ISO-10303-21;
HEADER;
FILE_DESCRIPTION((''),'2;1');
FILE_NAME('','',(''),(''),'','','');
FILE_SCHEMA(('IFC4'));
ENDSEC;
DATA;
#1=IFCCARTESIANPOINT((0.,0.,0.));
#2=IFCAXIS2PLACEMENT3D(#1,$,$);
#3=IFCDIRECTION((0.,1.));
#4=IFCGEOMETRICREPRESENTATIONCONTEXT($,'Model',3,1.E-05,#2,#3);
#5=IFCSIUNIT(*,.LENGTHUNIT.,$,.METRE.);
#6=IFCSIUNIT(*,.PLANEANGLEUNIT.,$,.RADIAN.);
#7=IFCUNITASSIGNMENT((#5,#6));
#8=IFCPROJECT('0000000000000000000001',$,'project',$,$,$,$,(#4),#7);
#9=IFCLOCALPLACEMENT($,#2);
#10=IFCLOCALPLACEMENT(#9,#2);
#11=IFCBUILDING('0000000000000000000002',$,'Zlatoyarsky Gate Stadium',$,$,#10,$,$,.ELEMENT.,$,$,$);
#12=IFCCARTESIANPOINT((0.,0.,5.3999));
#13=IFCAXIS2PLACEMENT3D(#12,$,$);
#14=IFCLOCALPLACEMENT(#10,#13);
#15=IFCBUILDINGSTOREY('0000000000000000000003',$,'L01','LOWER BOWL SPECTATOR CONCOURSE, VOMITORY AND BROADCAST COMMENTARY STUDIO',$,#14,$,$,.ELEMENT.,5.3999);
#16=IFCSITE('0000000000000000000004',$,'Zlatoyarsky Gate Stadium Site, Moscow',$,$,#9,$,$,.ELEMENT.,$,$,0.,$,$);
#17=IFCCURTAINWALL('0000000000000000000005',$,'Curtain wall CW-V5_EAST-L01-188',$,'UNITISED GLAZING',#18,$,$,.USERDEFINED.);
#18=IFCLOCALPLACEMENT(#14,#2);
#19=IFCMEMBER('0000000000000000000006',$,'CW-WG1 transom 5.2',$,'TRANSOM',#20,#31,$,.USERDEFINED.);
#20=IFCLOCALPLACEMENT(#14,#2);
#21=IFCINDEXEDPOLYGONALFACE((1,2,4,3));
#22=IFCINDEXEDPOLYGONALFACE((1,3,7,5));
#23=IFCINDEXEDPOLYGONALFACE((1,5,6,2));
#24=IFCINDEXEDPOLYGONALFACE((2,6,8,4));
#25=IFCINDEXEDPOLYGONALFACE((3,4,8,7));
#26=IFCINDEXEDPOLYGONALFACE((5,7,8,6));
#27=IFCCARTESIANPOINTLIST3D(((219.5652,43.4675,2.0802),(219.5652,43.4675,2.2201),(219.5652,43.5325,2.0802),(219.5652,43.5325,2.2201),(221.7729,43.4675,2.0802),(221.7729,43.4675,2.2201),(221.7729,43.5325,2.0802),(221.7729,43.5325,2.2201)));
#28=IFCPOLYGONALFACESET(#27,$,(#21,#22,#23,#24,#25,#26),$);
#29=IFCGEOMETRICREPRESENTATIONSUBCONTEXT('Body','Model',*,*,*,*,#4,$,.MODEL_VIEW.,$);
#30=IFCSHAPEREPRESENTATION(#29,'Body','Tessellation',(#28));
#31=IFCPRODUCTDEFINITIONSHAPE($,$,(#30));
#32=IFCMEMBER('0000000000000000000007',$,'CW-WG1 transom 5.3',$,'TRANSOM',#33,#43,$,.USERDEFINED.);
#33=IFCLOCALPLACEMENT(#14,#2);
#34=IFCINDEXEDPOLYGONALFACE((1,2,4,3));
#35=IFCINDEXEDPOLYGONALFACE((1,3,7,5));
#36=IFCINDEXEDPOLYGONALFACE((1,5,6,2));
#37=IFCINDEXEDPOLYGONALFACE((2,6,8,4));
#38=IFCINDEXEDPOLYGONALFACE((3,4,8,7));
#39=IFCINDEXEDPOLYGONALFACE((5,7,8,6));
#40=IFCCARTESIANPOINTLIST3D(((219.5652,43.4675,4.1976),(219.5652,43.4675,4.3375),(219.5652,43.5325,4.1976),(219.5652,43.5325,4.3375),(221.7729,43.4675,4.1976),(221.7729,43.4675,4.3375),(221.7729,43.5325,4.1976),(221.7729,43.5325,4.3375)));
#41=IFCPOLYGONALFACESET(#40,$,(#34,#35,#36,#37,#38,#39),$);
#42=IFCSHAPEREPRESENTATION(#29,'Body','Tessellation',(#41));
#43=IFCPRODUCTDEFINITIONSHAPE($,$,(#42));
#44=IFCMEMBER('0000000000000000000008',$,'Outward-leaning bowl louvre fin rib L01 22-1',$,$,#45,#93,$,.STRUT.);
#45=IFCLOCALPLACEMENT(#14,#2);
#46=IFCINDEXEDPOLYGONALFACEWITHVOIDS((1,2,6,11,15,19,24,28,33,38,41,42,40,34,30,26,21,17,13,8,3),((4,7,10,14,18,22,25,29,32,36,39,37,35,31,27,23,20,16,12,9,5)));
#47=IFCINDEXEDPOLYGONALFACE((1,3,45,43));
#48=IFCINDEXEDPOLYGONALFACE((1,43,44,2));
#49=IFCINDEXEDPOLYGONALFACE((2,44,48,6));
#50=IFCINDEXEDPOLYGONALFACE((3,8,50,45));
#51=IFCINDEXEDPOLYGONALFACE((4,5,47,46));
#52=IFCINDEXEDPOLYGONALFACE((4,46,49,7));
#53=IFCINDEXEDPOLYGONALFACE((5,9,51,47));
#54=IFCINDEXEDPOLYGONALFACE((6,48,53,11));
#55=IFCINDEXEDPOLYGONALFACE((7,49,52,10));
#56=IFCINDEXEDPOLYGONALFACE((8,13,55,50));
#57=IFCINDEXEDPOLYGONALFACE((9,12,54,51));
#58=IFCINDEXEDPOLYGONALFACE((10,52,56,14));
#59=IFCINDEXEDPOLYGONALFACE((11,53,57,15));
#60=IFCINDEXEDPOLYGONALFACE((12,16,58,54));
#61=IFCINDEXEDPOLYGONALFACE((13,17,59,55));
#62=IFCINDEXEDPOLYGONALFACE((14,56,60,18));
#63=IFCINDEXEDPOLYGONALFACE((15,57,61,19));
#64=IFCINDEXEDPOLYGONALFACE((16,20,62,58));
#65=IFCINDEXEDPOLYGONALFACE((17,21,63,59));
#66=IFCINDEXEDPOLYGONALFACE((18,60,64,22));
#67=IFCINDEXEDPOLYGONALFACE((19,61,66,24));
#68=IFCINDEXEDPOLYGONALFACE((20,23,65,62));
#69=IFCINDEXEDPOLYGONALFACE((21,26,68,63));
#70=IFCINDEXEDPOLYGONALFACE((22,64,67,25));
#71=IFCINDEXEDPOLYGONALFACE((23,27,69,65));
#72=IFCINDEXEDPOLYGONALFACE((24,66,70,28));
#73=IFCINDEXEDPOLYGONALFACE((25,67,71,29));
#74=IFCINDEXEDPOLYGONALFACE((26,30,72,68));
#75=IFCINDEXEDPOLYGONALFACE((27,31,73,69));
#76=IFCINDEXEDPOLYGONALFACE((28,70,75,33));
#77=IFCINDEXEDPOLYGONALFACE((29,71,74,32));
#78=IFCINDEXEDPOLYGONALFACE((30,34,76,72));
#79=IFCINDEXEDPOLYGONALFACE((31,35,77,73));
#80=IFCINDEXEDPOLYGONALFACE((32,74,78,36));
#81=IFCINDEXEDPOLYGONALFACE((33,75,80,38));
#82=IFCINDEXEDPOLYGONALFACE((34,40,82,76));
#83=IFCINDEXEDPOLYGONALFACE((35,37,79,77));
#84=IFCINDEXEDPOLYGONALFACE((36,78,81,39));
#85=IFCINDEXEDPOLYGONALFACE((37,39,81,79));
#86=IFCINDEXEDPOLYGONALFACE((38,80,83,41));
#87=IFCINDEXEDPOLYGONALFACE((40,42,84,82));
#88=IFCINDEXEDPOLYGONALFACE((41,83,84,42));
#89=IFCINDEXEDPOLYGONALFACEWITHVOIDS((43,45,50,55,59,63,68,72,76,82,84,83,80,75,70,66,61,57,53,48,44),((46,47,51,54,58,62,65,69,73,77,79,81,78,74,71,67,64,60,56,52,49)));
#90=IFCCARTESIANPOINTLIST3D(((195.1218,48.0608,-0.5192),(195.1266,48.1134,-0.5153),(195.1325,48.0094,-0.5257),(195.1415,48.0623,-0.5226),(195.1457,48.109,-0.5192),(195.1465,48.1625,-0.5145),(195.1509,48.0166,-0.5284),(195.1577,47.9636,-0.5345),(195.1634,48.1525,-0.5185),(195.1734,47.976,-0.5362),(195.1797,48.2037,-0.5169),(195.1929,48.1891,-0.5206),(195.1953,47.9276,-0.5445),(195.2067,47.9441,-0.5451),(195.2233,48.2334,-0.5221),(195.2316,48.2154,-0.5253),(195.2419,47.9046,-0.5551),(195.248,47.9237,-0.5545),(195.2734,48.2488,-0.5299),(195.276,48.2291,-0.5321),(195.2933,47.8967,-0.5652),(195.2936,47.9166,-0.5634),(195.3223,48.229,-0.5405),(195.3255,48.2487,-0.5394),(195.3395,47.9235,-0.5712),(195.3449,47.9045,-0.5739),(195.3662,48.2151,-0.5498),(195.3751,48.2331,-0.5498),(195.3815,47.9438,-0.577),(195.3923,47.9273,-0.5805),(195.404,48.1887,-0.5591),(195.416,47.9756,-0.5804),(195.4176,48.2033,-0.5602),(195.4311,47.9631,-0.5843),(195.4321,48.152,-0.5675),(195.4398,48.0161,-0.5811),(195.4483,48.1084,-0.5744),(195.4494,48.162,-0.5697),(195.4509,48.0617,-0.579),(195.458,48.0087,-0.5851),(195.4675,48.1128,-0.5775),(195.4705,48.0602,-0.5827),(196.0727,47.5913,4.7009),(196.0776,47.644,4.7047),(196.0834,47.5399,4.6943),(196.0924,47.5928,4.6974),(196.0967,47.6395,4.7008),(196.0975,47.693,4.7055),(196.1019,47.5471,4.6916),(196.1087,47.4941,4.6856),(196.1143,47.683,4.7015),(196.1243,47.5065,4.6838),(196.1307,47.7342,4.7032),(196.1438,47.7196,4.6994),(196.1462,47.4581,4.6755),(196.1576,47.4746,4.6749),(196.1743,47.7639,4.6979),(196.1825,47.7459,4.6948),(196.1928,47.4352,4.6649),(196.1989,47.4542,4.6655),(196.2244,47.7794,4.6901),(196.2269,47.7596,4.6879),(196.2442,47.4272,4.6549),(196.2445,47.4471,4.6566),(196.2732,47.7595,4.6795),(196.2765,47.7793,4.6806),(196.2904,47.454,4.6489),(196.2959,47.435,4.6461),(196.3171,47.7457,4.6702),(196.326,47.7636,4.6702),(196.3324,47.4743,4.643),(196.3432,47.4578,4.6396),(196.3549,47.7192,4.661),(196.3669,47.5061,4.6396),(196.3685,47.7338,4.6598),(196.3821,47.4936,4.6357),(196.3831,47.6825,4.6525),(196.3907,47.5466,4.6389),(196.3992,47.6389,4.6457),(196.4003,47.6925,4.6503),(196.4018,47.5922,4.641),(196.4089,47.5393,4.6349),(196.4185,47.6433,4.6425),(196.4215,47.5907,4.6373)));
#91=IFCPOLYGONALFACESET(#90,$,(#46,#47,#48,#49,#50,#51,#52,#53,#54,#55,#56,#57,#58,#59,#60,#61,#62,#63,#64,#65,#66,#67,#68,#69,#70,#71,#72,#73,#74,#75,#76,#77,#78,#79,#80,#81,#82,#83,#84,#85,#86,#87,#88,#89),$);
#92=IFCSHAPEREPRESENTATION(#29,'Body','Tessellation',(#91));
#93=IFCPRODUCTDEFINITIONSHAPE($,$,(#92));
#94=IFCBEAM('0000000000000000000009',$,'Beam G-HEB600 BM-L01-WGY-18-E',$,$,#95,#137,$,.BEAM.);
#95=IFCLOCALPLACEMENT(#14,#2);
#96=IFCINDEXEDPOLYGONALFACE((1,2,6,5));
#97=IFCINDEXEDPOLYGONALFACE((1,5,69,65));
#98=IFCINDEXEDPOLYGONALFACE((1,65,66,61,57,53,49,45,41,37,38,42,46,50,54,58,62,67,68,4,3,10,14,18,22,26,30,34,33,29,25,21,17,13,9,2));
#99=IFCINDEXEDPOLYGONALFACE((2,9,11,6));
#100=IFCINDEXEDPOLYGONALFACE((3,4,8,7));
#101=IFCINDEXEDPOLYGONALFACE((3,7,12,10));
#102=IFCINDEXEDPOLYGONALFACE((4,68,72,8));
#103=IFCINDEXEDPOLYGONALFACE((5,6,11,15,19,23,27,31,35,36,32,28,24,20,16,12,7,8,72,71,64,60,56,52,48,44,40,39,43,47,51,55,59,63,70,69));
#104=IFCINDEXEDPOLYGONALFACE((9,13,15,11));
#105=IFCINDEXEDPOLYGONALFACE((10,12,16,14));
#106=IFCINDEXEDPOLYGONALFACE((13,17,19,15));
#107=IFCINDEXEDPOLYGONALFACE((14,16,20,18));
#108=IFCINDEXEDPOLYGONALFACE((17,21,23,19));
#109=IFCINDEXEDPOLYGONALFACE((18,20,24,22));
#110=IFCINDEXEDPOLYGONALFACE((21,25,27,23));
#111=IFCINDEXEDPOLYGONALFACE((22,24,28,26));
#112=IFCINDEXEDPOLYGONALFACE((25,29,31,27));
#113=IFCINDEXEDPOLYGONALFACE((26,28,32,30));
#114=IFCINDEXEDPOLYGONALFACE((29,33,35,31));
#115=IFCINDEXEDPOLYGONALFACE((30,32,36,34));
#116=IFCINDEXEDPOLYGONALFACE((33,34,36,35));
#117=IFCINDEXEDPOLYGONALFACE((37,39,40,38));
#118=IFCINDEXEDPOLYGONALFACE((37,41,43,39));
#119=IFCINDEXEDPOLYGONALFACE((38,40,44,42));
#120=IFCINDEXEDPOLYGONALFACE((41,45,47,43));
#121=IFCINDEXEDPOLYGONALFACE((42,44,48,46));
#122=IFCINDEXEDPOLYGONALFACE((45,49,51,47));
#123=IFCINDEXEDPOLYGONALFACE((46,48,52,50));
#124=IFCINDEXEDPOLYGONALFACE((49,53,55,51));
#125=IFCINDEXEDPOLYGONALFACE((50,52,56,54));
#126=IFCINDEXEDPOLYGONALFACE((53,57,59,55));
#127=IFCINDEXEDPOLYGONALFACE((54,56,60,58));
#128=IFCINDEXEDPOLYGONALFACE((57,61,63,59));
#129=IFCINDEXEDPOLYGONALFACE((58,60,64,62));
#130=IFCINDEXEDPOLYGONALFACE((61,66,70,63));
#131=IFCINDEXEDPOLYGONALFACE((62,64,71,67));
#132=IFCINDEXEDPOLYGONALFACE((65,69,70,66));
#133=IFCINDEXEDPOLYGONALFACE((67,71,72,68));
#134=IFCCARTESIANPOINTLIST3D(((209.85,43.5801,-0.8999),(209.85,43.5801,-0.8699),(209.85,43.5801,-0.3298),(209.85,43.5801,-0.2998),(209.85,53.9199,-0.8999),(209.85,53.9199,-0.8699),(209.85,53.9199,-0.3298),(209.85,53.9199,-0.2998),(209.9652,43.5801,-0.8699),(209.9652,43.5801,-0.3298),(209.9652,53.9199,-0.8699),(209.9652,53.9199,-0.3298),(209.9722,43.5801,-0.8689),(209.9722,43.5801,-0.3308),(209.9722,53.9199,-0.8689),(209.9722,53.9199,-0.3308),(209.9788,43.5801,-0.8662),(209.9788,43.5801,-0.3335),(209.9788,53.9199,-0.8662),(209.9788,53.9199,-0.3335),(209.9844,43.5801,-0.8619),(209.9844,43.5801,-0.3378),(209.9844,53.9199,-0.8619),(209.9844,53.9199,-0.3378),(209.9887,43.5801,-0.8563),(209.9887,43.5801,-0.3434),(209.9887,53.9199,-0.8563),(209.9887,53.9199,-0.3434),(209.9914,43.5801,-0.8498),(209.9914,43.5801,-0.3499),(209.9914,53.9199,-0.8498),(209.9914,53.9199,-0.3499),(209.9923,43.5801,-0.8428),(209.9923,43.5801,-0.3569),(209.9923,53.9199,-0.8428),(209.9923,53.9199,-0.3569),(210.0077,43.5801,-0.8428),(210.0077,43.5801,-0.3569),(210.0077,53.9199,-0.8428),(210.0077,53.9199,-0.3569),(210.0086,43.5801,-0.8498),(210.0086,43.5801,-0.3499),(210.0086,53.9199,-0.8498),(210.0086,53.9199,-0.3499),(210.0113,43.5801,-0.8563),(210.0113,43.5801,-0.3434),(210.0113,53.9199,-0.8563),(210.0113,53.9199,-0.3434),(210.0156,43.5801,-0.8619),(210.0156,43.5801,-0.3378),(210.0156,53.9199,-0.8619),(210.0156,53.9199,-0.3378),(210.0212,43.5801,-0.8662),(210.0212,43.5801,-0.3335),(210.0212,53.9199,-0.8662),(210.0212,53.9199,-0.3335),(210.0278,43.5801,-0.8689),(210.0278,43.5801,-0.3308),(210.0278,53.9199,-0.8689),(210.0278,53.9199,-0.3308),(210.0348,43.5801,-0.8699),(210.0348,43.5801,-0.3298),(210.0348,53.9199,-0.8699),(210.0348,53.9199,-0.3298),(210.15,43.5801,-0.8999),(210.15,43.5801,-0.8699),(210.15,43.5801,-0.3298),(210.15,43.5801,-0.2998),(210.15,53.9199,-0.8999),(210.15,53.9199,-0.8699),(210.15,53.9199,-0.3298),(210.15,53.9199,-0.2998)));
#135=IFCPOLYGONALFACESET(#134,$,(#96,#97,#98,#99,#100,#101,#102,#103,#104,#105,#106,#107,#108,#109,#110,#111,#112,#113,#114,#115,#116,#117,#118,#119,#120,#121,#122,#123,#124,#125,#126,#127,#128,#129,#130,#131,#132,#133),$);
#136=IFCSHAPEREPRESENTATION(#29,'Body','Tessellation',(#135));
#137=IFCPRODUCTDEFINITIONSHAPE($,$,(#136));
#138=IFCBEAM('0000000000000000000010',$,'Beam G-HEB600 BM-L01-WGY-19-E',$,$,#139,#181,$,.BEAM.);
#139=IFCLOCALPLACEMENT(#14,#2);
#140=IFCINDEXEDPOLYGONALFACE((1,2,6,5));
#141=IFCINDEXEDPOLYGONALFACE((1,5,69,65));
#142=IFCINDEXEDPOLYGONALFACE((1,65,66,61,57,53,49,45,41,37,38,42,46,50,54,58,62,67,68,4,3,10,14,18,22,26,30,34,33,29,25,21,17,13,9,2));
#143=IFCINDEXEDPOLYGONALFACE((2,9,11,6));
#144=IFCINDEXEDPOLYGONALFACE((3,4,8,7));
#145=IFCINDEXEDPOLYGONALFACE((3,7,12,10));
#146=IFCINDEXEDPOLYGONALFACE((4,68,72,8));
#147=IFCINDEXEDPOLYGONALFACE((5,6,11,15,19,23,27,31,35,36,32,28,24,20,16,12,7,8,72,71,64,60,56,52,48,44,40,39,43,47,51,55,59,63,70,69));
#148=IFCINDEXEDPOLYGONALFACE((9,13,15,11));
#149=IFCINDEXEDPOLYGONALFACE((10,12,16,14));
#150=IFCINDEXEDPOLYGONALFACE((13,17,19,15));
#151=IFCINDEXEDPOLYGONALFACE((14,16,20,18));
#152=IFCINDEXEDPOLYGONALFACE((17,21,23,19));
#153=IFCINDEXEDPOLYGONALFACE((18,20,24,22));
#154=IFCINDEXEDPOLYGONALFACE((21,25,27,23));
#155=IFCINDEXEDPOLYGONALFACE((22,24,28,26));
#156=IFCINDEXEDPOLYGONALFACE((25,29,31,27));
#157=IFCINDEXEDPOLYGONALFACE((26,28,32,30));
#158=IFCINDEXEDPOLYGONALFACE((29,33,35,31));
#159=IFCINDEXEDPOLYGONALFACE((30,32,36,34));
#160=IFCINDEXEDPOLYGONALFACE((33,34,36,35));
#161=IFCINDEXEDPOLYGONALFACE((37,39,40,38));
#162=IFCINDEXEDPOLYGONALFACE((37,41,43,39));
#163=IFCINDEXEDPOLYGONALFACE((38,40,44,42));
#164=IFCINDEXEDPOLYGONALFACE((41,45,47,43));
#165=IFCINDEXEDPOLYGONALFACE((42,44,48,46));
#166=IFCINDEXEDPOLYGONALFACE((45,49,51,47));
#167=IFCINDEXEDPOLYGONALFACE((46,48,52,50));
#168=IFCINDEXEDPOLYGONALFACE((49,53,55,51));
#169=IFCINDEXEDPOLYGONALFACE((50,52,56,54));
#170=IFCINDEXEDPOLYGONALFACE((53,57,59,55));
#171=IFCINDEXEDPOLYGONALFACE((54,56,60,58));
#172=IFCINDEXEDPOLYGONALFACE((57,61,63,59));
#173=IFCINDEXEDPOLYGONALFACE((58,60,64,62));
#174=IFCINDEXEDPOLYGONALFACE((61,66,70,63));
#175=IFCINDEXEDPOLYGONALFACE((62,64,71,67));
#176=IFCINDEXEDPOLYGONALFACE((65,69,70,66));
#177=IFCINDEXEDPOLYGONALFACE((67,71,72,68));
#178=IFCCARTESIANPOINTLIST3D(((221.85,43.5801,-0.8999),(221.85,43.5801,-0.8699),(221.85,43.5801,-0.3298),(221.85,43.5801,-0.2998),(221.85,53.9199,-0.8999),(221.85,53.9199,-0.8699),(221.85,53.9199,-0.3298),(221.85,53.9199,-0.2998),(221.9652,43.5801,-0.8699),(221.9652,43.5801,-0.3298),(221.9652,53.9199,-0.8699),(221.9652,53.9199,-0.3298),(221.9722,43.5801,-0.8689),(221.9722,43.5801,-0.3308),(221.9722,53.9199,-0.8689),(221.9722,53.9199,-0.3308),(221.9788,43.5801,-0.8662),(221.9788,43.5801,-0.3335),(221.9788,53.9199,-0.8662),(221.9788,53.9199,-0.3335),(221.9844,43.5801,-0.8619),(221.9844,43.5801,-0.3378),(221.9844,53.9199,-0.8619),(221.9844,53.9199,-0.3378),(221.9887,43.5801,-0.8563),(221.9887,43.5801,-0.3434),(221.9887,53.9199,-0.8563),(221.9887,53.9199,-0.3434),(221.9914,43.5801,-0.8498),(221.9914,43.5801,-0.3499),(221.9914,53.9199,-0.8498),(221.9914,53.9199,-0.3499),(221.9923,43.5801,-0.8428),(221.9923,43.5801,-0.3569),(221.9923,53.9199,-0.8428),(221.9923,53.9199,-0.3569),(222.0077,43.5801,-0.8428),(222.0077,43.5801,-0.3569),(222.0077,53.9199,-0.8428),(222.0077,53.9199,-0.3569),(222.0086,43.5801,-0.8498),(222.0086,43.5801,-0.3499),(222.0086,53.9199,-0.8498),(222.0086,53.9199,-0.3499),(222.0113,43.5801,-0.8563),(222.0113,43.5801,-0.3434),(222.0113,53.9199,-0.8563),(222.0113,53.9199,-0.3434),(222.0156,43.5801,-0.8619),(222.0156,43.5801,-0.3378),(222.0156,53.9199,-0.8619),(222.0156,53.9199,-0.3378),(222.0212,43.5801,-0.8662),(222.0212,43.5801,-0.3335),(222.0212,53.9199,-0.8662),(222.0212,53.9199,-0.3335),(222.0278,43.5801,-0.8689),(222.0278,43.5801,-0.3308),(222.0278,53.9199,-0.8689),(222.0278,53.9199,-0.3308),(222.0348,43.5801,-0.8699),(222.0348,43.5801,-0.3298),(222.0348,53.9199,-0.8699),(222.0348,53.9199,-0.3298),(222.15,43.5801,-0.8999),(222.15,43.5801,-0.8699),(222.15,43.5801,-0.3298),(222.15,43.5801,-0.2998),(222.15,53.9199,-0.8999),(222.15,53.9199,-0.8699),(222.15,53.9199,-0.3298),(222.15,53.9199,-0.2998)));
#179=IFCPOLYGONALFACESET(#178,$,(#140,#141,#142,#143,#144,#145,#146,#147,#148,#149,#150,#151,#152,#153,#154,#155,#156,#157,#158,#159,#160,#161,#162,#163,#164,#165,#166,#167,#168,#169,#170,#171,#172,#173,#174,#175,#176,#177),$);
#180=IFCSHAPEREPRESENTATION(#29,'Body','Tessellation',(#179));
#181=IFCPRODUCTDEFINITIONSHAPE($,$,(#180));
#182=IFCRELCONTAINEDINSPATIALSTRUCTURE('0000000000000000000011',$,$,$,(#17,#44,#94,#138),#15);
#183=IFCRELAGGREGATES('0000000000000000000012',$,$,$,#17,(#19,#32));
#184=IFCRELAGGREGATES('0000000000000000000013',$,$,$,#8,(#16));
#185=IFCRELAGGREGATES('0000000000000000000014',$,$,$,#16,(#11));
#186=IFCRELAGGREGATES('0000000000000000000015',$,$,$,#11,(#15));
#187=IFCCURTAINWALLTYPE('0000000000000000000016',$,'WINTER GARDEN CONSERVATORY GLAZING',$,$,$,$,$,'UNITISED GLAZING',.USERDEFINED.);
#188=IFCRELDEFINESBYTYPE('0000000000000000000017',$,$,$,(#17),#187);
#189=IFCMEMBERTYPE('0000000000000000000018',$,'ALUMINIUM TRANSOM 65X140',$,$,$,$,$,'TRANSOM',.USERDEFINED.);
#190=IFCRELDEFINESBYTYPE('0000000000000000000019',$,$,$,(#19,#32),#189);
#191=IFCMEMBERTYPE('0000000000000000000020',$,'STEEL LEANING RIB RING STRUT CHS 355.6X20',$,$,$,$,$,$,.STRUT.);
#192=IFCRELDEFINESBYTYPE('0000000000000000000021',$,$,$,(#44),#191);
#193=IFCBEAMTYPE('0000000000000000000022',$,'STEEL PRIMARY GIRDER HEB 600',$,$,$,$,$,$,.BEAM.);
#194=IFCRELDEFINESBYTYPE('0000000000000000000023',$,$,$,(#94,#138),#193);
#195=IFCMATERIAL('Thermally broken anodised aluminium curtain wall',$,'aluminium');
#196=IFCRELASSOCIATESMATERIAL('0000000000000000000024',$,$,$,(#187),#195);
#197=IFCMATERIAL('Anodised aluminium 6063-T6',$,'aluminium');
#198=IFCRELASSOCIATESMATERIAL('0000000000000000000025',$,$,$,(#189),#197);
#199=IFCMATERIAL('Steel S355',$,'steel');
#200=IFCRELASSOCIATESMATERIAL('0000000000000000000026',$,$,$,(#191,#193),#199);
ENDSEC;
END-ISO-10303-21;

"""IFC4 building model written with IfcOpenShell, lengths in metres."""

from ifc_helpers import new_model, si_unit, direction, frame, origin, origin_2d, place, context, subcontext, project, spatial, rectangle, hollow_circle, i_section, extrude, material, material_profile, profile_set, type_object, element, aggregate, save


model = new_model("IFC4")

# Units and contexts
model_context = context("Model", 3, precision=1e-05, world=origin(), true_north=direction((0.0, 1.0)))
body_context = subcontext(model_context, "Body", "Model", "MODEL_VIEW")
ifc_project = project(units=[si_unit("LENGTHUNIT", "METRE"), si_unit("PLANEANGLEUNIT", "RADIAN")], contexts=[model_context])

# Site, building, storey
site_placement = place(None, origin())
site = spatial("IfcSite", under=ifc_project, at=site_placement, Name="Zlatoyarsky Gate Stadium Site, Moscow", CompositionType="ELEMENT", RefElevation=0.0)
building_placement = place(site_placement, origin())
building = spatial("IfcBuilding", under=site, at=building_placement, Name="Zlatoyarsky Gate Stadium", CompositionType="ELEMENT")
storey_placement = place(building_placement, frame((0.0, 0.0, 5.3999)))
storey = spatial("IfcBuildingStorey", under=building, at=storey_placement, Name="L01", Description="LOWER BOWL SPECTATOR CONCOURSE, VOMITORY AND BROADCAST COMMENTARY STUDIO", CompositionType="ELEMENT", Elevation=5.3999)

# Shared definitions
ifc_material_1 = material(Name="Steel S355", Category="steel")

# Curtain wall, members
ifc_material_2 = material(Name="Thermally broken anodised aluminium curtain wall", Category="aluminium")
curtain_wall_type = type_object("IfcCurtainWallType", Name="WINTER GARDEN CONSERVATORY GLAZING", ElementType="UNITISED GLAZING", PredefinedType="USERDEFINED", material=ifc_material_2)
curtain_wall_placement = place(storey_placement, origin())
curtain_wall = element("IfcCurtainWall", 1, at=curtain_wall_placement, inside=storey, type_object=curtain_wall_type, Name="Curtain wall CW-V5_EAST-L01-188", ObjectType="UNITISED GLAZING", PredefinedType="USERDEFINED")
ifc_material_3 = material(Name="Anodised aluminium 6063-T6", Category="aluminium")
ifc_material_profile_1 = material_profile(ifc_material_3, rectangle(XDim=0.0649, YDim=0.1399, at=origin_2d()), Name="ALU 65X140")
ifc_profile_set_1 = profile_set([ifc_material_profile_1], Name="Anodised aluminium 6063-T6")
member_type_1 = type_object("IfcMemberType", Name="ALUMINIUM TRANSOM 65X140", ElementType="TRANSOM", PredefinedType="USERDEFINED", material=ifc_profile_set_1)
member_1_placement = place(storey_placement, frame((219.5652, 43.5, 2.1501), z_axis=(1.0, 0.0, 0.0), x_axis=(0.0, 1.0, 0.0)))
member_1 = element("IfcMember", 2, at=member_1_placement, type_object=member_type_1, Name="CW-WG1 transom 5.2", ObjectType="TRANSOM", PredefinedType="USERDEFINED", context=body_context, shape_type="SweptSolid", body=[
    extrude(rectangle(XDim=0.0649, YDim=0.1399, at=origin_2d()), origin(), (0.0, 0.0, 1.0), 2.2078),
])
member_2_placement = place(storey_placement, frame((219.5652, 43.5, 4.2676), z_axis=(1.0, 0.0, 0.0), x_axis=(0.0, 1.0, 0.0)))
member_2 = element("IfcMember", 3, at=member_2_placement, type_object=member_type_1, Name="CW-WG1 transom 5.3", ObjectType="TRANSOM", PredefinedType="USERDEFINED", context=body_context, shape_type="SweptSolid", body=[
    extrude(rectangle(XDim=0.0649, YDim=0.1399, at=origin_2d()), origin(), (0.0, 0.0, 1.0), 2.2078),
])

# Member
ifc_material_profile_2 = material_profile(ifc_material_1, hollow_circle(Radius=0.1777, WallThickness=0.02, at=origin_2d()), Name="CHS 355.6X20")
ifc_profile_set_2 = profile_set([ifc_material_profile_2], Name="Steel S355")
member_type_2 = type_object("IfcMemberType", Name="STEEL LEANING RIB RING STRUT CHS 355.6X20", PredefinedType="STRUT", material=ifc_profile_set_2)
member_3_placement = place(storey_placement, frame((195.2964, 48.0737, -0.5498), z_axis=(0.178524, -0.088139, 0.97998), x_axis=(0.442696, 0.896672, 0.0)))
element("IfcMember", 4, at=member_3_placement, inside=storey, type_object=member_type_2, Name="Outward-leaning bowl louvre fin rib L01 22-1", PredefinedType="STRUT", context=body_context, shape_type="SweptSolid", body=[
    extrude(hollow_circle(Radius=0.1777, WallThickness=0.02, at=origin_2d()), origin(), (0.0, 0.0, 1.0), 5.3267),
])

# Beams
ifc_material_profile_3 = material_profile(ifc_material_1, i_section(OverallWidth=0.3, OverallDepth=0.6001, WebThickness=0.0154, FlangeThickness=0.03, FilletRadius=0.0271, at=origin_2d()), Name="HEB 600")
ifc_profile_set_3 = profile_set([ifc_material_profile_3], Name="Steel S355")
beam_type_1 = type_object("IfcBeamType", Name="STEEL PRIMARY GIRDER HEB 600", PredefinedType="BEAM", material=ifc_profile_set_3)
for number, where, z_axis, x_axis, name in (
    (5, (210.0, 43.5801, -0.5999), (0.0, 1.0, 0.0), (-1.0, 0.0, 0.0), "Beam G-HEB600 BM-L01-WGY-18-E"),
    (6, (222.0, 43.5801, -0.5999), (0.0, 1.0, 0.0), (-1.0, 0.0, 0.0), "Beam G-HEB600 BM-L01-WGY-19-E"),
):
    element("IfcBeam", number, at=place(storey_placement, frame(where, z_axis=z_axis, x_axis=x_axis)), inside=storey, type_object=beam_type_1, Name=name, PredefinedType="BEAM", context=body_context, shape_type="SweptSolid", body=[
        extrude(i_section(OverallWidth=0.3, OverallDepth=0.6001, WebThickness=0.0154, FlangeThickness=0.03, FilletRadius=0.0271, at=origin_2d()), origin(), (0.0, 0.0, 1.0), 10.3398),
    ])

aggregate(curtain_wall, [member_1, member_2])

save(model, "model.ifc")
